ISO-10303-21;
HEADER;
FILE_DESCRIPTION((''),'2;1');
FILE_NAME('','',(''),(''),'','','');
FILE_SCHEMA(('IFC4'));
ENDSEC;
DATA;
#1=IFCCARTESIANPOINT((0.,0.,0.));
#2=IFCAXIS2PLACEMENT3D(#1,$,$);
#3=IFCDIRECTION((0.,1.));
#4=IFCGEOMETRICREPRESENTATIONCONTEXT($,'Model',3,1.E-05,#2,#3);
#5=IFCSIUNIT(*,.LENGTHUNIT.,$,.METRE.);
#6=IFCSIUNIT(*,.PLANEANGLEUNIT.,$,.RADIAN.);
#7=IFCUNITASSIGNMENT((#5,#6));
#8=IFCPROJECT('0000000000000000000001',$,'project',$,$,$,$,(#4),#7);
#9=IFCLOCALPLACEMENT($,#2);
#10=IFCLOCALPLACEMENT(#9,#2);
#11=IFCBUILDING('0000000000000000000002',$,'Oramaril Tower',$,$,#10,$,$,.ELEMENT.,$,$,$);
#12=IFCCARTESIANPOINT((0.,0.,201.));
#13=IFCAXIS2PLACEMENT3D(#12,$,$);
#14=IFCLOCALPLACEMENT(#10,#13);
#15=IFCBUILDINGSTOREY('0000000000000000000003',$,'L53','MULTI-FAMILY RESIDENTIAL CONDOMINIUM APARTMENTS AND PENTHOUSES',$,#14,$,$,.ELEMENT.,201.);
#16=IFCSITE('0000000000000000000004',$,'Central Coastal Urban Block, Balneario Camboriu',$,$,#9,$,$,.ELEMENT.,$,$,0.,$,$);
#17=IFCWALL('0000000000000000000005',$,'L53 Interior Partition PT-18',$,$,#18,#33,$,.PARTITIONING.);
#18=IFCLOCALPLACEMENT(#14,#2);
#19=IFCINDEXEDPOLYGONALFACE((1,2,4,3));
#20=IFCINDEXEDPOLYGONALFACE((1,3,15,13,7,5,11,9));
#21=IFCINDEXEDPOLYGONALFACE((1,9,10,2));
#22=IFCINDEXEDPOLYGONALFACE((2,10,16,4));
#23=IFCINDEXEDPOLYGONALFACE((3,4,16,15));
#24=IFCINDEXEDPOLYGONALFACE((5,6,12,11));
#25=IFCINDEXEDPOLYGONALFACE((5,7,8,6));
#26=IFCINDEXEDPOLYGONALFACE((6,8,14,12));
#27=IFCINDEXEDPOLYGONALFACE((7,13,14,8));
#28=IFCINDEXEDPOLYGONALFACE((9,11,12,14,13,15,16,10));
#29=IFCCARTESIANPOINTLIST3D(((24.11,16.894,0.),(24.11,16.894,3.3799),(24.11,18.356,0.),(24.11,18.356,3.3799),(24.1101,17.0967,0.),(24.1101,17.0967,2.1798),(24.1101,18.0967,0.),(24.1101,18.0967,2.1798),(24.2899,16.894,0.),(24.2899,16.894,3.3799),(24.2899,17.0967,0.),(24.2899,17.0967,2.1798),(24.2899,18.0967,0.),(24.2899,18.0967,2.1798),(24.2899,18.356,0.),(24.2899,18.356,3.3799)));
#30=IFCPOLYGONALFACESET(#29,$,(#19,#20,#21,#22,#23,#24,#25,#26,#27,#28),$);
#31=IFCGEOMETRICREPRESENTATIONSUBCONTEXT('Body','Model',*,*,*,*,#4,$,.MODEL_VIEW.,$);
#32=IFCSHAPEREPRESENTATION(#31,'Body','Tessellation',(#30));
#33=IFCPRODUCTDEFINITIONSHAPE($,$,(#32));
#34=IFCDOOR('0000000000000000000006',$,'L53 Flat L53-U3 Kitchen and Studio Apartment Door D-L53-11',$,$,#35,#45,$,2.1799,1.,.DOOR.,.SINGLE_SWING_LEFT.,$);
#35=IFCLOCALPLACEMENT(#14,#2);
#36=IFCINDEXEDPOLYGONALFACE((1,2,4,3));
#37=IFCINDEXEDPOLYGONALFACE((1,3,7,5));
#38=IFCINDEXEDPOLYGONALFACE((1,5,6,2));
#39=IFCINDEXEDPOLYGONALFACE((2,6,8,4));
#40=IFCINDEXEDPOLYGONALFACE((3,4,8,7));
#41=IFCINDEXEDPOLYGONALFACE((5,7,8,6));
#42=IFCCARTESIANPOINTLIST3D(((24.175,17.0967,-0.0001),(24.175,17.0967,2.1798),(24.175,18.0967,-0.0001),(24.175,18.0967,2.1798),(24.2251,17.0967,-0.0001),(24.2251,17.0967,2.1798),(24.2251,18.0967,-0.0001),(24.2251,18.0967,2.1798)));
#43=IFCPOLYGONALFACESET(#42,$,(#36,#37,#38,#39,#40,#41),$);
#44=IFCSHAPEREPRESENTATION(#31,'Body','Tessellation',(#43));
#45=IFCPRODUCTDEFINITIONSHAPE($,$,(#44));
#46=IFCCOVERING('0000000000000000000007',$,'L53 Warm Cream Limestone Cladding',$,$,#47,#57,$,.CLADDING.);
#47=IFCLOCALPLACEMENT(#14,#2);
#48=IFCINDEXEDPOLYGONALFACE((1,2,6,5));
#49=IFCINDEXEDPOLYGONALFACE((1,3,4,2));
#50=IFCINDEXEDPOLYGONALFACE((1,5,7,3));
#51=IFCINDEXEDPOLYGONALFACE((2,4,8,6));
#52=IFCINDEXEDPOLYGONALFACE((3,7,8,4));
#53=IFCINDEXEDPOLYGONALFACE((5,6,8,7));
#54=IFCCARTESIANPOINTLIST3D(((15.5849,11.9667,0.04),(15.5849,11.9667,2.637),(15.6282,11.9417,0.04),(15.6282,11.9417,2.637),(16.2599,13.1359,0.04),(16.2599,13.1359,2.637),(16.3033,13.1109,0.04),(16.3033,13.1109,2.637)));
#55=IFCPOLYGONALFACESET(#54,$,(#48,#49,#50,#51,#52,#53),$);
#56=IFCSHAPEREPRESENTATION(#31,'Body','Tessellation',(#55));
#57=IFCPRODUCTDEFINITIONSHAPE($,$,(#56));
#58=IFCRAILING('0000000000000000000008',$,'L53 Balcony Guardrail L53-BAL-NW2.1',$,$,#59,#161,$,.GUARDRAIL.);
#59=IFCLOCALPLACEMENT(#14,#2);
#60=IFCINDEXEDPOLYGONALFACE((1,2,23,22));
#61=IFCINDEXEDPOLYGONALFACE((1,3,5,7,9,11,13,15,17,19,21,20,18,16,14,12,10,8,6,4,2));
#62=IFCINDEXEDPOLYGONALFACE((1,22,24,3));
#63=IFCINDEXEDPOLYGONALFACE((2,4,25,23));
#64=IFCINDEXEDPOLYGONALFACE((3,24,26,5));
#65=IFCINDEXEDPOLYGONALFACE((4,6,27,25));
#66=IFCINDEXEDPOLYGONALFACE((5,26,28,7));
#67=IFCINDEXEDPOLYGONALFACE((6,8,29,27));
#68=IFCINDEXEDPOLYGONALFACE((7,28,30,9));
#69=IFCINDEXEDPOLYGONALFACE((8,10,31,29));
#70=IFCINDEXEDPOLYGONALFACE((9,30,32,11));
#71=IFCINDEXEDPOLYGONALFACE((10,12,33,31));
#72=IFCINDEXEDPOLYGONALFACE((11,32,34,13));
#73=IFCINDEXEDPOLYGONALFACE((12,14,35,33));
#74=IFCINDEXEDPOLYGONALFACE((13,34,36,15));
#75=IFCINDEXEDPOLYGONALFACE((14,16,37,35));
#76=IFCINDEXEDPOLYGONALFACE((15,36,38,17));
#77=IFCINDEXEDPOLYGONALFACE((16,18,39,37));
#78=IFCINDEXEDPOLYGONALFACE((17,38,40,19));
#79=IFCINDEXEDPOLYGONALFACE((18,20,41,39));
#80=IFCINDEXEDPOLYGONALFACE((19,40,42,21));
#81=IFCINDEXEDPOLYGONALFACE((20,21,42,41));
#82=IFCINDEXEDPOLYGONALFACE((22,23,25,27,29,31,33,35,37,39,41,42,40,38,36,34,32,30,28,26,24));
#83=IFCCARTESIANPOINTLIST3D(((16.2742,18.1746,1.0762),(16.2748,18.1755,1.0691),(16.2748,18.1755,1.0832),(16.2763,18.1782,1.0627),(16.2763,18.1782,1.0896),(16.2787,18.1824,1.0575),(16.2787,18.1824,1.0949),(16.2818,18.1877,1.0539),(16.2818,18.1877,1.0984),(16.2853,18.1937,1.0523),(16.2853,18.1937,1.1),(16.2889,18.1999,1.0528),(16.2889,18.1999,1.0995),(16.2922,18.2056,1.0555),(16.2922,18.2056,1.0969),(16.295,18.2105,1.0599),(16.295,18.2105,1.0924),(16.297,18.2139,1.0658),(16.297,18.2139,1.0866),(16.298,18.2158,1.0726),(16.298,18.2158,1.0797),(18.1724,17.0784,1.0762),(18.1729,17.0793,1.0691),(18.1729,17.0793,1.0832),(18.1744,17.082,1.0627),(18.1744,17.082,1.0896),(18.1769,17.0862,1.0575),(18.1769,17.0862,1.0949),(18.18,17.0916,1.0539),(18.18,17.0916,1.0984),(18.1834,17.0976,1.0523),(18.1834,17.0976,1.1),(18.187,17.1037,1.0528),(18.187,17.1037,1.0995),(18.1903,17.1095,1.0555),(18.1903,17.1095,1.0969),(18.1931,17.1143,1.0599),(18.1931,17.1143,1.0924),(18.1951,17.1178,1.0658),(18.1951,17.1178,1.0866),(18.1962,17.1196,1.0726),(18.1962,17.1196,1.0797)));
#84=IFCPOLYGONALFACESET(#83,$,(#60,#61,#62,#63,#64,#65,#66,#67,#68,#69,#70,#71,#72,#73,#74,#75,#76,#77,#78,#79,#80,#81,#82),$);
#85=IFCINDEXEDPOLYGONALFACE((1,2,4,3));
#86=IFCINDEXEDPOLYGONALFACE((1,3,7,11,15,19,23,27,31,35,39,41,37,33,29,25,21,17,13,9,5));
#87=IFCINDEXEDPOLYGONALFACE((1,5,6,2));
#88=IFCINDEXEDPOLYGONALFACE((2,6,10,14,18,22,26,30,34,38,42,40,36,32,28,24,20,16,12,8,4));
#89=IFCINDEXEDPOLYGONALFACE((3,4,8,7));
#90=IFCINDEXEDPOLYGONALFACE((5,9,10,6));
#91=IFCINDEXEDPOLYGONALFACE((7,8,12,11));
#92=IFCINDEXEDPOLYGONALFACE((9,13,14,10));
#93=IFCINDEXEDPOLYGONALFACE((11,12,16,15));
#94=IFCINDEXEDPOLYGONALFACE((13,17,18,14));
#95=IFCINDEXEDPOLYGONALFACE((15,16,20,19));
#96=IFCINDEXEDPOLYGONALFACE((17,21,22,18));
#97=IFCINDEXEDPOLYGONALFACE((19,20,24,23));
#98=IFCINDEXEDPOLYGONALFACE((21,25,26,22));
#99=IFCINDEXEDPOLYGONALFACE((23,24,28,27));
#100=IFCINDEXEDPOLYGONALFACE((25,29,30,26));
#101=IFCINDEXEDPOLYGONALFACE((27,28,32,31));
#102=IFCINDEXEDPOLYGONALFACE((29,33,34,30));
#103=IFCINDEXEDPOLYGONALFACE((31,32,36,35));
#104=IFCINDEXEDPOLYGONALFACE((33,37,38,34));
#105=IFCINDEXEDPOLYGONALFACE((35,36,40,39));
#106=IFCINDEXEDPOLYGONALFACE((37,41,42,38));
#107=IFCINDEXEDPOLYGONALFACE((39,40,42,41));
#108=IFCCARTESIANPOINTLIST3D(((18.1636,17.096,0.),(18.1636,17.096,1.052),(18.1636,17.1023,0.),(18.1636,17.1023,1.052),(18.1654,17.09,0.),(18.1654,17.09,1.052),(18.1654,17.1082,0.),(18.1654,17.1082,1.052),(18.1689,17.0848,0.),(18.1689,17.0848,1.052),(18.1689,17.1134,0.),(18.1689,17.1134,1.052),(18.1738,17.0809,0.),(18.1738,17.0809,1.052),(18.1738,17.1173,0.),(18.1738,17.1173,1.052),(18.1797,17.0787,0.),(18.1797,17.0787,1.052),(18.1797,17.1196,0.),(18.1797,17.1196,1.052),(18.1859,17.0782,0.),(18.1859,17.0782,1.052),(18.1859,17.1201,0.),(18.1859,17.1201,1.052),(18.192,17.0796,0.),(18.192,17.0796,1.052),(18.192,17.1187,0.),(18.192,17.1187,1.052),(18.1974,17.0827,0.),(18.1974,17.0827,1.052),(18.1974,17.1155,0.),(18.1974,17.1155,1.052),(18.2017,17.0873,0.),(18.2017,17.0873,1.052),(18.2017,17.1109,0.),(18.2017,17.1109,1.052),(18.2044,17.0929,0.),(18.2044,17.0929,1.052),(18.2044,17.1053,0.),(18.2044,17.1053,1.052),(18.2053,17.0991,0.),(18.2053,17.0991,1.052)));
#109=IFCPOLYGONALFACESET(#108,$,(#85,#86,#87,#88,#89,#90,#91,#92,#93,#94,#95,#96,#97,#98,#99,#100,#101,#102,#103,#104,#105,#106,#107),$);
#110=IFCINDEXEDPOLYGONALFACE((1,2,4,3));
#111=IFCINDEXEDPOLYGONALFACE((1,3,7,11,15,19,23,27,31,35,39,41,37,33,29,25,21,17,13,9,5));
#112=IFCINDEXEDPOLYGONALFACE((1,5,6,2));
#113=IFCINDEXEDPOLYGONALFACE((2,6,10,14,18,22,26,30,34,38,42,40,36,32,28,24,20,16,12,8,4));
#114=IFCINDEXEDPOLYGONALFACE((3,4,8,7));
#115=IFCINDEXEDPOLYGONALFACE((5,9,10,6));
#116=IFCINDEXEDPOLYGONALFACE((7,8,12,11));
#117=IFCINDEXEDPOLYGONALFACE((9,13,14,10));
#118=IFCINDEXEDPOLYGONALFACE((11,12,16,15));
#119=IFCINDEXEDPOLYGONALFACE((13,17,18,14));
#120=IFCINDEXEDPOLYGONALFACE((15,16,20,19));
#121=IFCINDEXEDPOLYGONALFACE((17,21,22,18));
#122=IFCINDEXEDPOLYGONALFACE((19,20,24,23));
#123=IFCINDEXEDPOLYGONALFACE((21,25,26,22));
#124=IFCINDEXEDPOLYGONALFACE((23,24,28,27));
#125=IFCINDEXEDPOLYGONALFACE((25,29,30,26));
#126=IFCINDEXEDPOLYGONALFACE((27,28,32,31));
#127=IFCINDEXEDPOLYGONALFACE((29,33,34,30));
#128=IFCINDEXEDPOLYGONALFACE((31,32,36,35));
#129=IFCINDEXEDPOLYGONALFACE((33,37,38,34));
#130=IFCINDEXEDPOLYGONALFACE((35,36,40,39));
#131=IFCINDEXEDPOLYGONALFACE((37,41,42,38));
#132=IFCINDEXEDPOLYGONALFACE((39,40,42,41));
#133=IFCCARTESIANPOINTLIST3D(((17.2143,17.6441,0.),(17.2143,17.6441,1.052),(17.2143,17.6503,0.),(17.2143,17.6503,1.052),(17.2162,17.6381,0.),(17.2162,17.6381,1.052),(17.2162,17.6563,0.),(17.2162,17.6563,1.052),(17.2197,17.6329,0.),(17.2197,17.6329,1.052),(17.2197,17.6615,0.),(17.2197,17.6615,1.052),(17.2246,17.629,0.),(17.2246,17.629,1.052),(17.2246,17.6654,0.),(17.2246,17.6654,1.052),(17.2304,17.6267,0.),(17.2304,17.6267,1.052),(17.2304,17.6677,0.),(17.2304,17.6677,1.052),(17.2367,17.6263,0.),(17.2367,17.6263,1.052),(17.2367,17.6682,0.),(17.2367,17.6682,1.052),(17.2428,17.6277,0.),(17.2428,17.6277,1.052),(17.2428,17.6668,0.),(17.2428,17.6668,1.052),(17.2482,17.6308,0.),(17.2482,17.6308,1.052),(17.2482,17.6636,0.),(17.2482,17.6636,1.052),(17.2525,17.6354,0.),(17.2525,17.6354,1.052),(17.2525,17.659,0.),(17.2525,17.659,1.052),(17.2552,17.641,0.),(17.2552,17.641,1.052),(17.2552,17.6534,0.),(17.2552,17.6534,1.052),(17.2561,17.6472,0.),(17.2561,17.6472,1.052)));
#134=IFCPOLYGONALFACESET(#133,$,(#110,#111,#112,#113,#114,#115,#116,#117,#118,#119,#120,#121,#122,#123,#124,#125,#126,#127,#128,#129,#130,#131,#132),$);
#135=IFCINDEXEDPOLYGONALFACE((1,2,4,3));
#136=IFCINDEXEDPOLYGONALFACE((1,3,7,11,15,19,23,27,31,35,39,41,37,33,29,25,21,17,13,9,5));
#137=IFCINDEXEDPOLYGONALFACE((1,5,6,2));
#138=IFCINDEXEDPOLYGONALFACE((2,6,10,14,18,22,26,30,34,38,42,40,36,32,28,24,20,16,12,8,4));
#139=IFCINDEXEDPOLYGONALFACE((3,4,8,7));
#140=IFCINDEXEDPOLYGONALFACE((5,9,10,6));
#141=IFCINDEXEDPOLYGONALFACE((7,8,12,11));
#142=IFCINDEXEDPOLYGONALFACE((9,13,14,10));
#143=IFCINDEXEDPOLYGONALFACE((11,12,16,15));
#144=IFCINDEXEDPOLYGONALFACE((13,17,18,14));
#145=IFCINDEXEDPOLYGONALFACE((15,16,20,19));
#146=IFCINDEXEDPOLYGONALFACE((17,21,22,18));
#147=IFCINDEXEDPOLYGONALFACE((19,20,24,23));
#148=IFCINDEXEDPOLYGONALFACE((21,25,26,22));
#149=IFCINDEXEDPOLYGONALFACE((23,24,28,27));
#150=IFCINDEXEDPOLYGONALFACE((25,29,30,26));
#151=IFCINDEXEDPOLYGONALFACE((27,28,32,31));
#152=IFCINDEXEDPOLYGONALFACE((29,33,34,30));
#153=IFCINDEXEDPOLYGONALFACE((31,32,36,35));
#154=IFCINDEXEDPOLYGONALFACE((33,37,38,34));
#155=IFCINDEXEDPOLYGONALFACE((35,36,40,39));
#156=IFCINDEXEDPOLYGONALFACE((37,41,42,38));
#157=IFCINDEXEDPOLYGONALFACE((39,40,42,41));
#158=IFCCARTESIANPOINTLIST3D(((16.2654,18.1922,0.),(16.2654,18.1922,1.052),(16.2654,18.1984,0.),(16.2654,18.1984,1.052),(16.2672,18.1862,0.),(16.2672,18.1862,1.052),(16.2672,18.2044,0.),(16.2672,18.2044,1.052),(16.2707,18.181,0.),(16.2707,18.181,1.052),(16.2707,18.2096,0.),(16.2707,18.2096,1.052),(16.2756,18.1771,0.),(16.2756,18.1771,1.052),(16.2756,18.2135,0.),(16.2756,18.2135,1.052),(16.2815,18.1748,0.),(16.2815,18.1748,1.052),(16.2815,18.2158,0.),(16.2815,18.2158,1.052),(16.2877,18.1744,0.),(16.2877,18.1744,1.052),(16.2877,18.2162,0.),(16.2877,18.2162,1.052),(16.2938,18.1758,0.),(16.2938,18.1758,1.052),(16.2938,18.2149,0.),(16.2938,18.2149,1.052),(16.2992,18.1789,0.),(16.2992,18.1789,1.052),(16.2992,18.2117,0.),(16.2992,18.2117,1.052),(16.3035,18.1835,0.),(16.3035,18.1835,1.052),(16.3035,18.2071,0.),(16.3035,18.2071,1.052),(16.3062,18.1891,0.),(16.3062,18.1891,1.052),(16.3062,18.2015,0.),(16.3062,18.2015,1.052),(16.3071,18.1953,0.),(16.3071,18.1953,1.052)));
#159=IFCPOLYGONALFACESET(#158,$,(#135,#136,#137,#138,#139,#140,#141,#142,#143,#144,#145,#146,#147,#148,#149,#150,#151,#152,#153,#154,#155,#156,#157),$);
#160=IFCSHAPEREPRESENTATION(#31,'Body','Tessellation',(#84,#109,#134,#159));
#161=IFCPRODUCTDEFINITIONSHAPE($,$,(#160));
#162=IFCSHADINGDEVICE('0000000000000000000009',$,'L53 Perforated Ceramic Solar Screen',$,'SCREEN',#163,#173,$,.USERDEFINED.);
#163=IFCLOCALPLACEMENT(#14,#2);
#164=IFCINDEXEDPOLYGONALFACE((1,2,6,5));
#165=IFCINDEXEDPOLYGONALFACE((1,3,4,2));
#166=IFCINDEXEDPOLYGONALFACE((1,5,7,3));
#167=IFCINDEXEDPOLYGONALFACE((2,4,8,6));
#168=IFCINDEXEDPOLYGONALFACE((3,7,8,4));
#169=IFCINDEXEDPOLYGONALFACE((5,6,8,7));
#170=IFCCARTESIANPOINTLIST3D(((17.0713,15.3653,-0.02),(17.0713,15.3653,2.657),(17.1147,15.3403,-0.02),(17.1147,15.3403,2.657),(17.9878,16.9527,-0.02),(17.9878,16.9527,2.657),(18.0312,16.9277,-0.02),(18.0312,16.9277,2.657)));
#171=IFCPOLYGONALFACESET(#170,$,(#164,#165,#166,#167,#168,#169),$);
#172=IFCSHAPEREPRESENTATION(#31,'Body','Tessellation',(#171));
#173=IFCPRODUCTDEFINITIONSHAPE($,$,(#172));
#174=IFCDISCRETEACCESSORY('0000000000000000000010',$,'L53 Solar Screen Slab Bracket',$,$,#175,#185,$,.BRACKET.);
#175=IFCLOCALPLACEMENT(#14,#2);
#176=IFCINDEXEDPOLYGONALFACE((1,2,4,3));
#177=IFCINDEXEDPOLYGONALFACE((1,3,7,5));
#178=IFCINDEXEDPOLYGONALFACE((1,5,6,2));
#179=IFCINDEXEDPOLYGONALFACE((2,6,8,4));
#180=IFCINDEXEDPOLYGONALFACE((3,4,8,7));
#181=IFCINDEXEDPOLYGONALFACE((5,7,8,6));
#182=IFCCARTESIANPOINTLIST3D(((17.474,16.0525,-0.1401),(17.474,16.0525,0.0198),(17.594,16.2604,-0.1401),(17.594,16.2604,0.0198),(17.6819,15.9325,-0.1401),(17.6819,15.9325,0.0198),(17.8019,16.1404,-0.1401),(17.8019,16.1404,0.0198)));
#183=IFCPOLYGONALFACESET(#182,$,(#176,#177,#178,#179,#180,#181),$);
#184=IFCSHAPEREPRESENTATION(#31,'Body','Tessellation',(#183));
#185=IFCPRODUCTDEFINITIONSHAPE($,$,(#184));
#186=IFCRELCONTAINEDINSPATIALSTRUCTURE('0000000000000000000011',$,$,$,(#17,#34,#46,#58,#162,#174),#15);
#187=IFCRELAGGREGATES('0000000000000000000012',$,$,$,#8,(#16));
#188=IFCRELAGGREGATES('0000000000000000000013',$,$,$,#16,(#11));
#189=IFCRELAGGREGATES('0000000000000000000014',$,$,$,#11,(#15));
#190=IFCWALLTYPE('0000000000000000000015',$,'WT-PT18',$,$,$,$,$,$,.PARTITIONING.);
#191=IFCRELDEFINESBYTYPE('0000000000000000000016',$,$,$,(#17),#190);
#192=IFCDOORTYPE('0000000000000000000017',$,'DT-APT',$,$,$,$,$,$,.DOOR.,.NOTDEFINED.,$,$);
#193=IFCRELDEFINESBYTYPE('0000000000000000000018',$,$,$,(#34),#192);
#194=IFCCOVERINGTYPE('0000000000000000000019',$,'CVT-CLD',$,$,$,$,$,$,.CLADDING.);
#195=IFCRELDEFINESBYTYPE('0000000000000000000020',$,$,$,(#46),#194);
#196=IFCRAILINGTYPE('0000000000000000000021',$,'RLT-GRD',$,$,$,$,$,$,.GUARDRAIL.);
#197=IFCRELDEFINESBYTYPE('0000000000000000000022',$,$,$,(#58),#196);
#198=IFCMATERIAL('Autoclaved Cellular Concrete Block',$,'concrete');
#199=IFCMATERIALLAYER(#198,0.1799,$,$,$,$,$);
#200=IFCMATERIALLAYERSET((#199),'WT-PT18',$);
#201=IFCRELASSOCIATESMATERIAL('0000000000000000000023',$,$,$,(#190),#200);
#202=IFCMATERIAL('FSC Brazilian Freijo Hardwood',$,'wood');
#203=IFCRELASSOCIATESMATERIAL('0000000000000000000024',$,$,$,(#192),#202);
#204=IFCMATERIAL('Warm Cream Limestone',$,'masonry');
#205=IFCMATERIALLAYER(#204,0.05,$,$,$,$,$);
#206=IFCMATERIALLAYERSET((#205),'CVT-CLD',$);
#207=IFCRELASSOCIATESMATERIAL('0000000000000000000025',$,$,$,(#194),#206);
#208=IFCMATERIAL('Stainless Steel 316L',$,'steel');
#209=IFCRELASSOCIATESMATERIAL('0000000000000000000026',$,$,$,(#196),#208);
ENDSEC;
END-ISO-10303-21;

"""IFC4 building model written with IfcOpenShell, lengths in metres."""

from ifc_helpers import new_model, si_unit, direction, frame, frame_2d, origin, origin_2d, place, context, subcontext, project, spatial, rectangle, circle, extrude, material, layer, layer_set, type_object, element, fill, save


model = new_model("IFC4")

# Units and contexts
model_context = context("Model", 3, precision=1e-05, world=origin(), true_north=direction((0.0, 1.0)))
body_context = subcontext(model_context, "Body", "Model", "MODEL_VIEW")
ifc_project = project(units=[si_unit("LENGTHUNIT", "METRE"), si_unit("PLANEANGLEUNIT", "RADIAN")], contexts=[model_context])

# Site, building, storey
site_placement = place(None, origin())
site = spatial("IfcSite", under=ifc_project, at=site_placement, Name="Central Coastal Urban Block, Balneario Camboriu", CompositionType="ELEMENT", RefElevation=0.0)
building_placement = place(site_placement, origin())
building = spatial("IfcBuilding", under=site, at=building_placement, Name="Oramaril Tower", CompositionType="ELEMENT")
storey_placement = place(building_placement, frame((0.0, 0.0, 201.0)))
storey = spatial("IfcBuildingStorey", under=building, at=storey_placement, Name="L53", Description="MULTI-FAMILY RESIDENTIAL CONDOMINIUM APARTMENTS AND PENTHOUSES", CompositionType="ELEMENT", Elevation=201.0)

# Shared definitions
ifc_material_1 = material(Name="Autoclaved Cellular Concrete Block", Category="concrete")
ifc_layer_1 = layer(ifc_material_1, 0.1799)
ifc_layer_set_1 = layer_set([ifc_layer_1], Name="WT-PT18")
wall_type_1 = type_object("IfcWallType", Name="WT-PT18", PredefinedType="PARTITIONING", material=ifc_layer_set_1)
ifc_material_2 = material(Name="FSC Brazilian Freijo Hardwood", Category="wood")
door_type_1 = type_object("IfcDoorType", Name="DT-APT", OperationType="NOTDEFINED", PredefinedType="DOOR", material=ifc_material_2)

# Wall, opening, door
wall_1_placement = place(storey_placement, frame((24.2, 16.894, 0.0), z_axis=(0.0, 0.0, 1.0), x_axis=(0.0, 1.0, 0.0)))
wall_1 = element("IfcWall", 1, at=wall_1_placement, inside=storey, type_object=wall_type_1, Name="L53 Interior Partition PT-18", PredefinedType="PARTITIONING", context=body_context, shape_type="SweptSolid", body=[
    extrude(rectangle(XDim=1.4619, YDim=0.1799, at=frame_2d((0.731, 0.0))), origin(), (0.0, 0.0, 1.0), 3.3799),
])
opening_1_placement = place(wall_1_placement, frame((0.2026, 0.0, 0.0)))
opening_1 = element("IfcOpeningElement", 2, at=opening_1_placement, cuts=wall_1, PredefinedType="OPENING", context=body_context, shape_type="SweptSolid", body=[
    extrude(rectangle(XDim=1.0, YDim=2.1799, at=frame_2d((0.5, 1.0898))), frame((0.0, 0.0898, 0.0), z_axis=(0.0, -1.0, 0.0), x_axis=(1.0, 0.0, 0.0)), (0.0, 0.0, 1.0), 0.1799),
])
door_1_placement = place(opening_1_placement, origin())
door_1 = element("IfcDoor", 3, at=door_1_placement, inside=storey, type_object=door_type_1, Name="L53 Flat L53-U3 Kitchen and Studio Apartment Door D-L53-11", OperationType="SINGLE_SWING_LEFT", OverallHeight=2.1799, OverallWidth=1.0, PredefinedType="DOOR", context=body_context, shape_type="SweptSolid", body=[
    extrude(rectangle(XDim=1.0, YDim=2.1799, at=frame_2d((0.5, 1.0898))), frame((0.0, 0.0249, 0.0), z_axis=(0.0, -1.0, 0.0), x_axis=(1.0, 0.0, 0.0)), (0.0, 0.0, 1.0), 0.05),
])
fill(opening_1, door_1)

# Covering
ifc_material_3 = material(Name="Warm Cream Limestone", Category="masonry")
ifc_layer_2 = layer(ifc_material_3, 0.05)
ifc_layer_set_2 = layer_set([ifc_layer_2], Name="CVT-CLD")
covering_type = type_object("IfcCoveringType", Name="CVT-CLD", PredefinedType="CLADDING", material=ifc_layer_set_2)
covering_placement = place(storey_placement, frame((15.9441, 12.5388, 0.04), z_axis=(0.0, 0.0, 1.0), x_axis=(-0.5, -0.866025, 0.0)))
element("IfcCovering", 4, at=covering_placement, inside=storey, type_object=covering_type, Name="L53 Warm Cream Limestone Cladding", PredefinedType="CLADDING", context=body_context, shape_type="SweptSolid", body=[
    extrude(rectangle(XDim=1.3501, YDim=0.05, at=origin_2d()), origin(), (0.0, 0.0, 1.0), 2.5969),
])

# Railing
ifc_material_4 = material(Name="Stainless Steel 316L", Category="steel")
railing_type = type_object("IfcRailingType", Name="RLT-GRD", PredefinedType="GUARDRAIL", material=ifc_material_4)
railing_1_placement = place(storey_placement, frame((18.1843, 17.0991, 0.0)))
element("IfcRailing", 5, at=railing_1_placement, inside=storey, type_object=railing_type, Name="L53 Balcony Guardrail L53-BAL-NW2.1", PredefinedType="GUARDRAIL", context=body_context, shape_type="SweptSolid", body=[
    extrude(circle(Radius=0.0239, at=origin_2d()), frame((0.0, 0.0, 1.0762), z_axis=(-0.865972, 0.500092, 0.0), x_axis=(-0.500092, -0.865972, 0.0)), (0.0, 0.0, 1.0), 2.1919),
    extrude(circle(Radius=0.021, at=origin_2d()), origin(), (0.0, 0.0, 1.0), 1.052),
    extrude(circle(Radius=0.021, at=origin_2d()), frame((-0.9492, 0.5481, 0.0)), (0.0, 0.0, 1.0), 1.052),
    extrude(circle(Radius=0.021, at=origin_2d()), frame((-1.8982, 1.0962, 0.0)), (0.0, 0.0, 1.0), 1.052),
])

# Shading device
shading_device_placement = place(storey_placement, frame((17.5513, 16.1465, -0.02), z_axis=(0.0, 0.0, 1.0), x_axis=(-0.5, -0.866025, 0.0)))
element("IfcShadingDevice", 6, at=shading_device_placement, inside=storey, Name="L53 Perforated Ceramic Solar Screen", ObjectType="SCREEN", PredefinedType="USERDEFINED", context=body_context, shape_type="SweptSolid", body=[
    extrude(rectangle(XDim=1.833, YDim=0.05, at=origin_2d()), origin(), (0.0, 0.0, 1.0), 2.677),
])

# Discrete accessory
discrete_accessory_placement = place(storey_placement, frame((17.6379, 16.0964, -0.1401), z_axis=(0.0, 0.0, 1.0), x_axis=(-0.5, -0.866025, 0.0)))
element("IfcDiscreteAccessory", 7, at=discrete_accessory_placement, inside=storey, Name="L53 Solar Screen Slab Bracket", PredefinedType="BRACKET", context=body_context, shape_type="SweptSolid", body=[
    extrude(rectangle(XDim=0.24, YDim=0.24, at=origin_2d()), origin(), (0.0, 0.0, 1.0), 0.1599),
])

save(model, "model.ifc")
